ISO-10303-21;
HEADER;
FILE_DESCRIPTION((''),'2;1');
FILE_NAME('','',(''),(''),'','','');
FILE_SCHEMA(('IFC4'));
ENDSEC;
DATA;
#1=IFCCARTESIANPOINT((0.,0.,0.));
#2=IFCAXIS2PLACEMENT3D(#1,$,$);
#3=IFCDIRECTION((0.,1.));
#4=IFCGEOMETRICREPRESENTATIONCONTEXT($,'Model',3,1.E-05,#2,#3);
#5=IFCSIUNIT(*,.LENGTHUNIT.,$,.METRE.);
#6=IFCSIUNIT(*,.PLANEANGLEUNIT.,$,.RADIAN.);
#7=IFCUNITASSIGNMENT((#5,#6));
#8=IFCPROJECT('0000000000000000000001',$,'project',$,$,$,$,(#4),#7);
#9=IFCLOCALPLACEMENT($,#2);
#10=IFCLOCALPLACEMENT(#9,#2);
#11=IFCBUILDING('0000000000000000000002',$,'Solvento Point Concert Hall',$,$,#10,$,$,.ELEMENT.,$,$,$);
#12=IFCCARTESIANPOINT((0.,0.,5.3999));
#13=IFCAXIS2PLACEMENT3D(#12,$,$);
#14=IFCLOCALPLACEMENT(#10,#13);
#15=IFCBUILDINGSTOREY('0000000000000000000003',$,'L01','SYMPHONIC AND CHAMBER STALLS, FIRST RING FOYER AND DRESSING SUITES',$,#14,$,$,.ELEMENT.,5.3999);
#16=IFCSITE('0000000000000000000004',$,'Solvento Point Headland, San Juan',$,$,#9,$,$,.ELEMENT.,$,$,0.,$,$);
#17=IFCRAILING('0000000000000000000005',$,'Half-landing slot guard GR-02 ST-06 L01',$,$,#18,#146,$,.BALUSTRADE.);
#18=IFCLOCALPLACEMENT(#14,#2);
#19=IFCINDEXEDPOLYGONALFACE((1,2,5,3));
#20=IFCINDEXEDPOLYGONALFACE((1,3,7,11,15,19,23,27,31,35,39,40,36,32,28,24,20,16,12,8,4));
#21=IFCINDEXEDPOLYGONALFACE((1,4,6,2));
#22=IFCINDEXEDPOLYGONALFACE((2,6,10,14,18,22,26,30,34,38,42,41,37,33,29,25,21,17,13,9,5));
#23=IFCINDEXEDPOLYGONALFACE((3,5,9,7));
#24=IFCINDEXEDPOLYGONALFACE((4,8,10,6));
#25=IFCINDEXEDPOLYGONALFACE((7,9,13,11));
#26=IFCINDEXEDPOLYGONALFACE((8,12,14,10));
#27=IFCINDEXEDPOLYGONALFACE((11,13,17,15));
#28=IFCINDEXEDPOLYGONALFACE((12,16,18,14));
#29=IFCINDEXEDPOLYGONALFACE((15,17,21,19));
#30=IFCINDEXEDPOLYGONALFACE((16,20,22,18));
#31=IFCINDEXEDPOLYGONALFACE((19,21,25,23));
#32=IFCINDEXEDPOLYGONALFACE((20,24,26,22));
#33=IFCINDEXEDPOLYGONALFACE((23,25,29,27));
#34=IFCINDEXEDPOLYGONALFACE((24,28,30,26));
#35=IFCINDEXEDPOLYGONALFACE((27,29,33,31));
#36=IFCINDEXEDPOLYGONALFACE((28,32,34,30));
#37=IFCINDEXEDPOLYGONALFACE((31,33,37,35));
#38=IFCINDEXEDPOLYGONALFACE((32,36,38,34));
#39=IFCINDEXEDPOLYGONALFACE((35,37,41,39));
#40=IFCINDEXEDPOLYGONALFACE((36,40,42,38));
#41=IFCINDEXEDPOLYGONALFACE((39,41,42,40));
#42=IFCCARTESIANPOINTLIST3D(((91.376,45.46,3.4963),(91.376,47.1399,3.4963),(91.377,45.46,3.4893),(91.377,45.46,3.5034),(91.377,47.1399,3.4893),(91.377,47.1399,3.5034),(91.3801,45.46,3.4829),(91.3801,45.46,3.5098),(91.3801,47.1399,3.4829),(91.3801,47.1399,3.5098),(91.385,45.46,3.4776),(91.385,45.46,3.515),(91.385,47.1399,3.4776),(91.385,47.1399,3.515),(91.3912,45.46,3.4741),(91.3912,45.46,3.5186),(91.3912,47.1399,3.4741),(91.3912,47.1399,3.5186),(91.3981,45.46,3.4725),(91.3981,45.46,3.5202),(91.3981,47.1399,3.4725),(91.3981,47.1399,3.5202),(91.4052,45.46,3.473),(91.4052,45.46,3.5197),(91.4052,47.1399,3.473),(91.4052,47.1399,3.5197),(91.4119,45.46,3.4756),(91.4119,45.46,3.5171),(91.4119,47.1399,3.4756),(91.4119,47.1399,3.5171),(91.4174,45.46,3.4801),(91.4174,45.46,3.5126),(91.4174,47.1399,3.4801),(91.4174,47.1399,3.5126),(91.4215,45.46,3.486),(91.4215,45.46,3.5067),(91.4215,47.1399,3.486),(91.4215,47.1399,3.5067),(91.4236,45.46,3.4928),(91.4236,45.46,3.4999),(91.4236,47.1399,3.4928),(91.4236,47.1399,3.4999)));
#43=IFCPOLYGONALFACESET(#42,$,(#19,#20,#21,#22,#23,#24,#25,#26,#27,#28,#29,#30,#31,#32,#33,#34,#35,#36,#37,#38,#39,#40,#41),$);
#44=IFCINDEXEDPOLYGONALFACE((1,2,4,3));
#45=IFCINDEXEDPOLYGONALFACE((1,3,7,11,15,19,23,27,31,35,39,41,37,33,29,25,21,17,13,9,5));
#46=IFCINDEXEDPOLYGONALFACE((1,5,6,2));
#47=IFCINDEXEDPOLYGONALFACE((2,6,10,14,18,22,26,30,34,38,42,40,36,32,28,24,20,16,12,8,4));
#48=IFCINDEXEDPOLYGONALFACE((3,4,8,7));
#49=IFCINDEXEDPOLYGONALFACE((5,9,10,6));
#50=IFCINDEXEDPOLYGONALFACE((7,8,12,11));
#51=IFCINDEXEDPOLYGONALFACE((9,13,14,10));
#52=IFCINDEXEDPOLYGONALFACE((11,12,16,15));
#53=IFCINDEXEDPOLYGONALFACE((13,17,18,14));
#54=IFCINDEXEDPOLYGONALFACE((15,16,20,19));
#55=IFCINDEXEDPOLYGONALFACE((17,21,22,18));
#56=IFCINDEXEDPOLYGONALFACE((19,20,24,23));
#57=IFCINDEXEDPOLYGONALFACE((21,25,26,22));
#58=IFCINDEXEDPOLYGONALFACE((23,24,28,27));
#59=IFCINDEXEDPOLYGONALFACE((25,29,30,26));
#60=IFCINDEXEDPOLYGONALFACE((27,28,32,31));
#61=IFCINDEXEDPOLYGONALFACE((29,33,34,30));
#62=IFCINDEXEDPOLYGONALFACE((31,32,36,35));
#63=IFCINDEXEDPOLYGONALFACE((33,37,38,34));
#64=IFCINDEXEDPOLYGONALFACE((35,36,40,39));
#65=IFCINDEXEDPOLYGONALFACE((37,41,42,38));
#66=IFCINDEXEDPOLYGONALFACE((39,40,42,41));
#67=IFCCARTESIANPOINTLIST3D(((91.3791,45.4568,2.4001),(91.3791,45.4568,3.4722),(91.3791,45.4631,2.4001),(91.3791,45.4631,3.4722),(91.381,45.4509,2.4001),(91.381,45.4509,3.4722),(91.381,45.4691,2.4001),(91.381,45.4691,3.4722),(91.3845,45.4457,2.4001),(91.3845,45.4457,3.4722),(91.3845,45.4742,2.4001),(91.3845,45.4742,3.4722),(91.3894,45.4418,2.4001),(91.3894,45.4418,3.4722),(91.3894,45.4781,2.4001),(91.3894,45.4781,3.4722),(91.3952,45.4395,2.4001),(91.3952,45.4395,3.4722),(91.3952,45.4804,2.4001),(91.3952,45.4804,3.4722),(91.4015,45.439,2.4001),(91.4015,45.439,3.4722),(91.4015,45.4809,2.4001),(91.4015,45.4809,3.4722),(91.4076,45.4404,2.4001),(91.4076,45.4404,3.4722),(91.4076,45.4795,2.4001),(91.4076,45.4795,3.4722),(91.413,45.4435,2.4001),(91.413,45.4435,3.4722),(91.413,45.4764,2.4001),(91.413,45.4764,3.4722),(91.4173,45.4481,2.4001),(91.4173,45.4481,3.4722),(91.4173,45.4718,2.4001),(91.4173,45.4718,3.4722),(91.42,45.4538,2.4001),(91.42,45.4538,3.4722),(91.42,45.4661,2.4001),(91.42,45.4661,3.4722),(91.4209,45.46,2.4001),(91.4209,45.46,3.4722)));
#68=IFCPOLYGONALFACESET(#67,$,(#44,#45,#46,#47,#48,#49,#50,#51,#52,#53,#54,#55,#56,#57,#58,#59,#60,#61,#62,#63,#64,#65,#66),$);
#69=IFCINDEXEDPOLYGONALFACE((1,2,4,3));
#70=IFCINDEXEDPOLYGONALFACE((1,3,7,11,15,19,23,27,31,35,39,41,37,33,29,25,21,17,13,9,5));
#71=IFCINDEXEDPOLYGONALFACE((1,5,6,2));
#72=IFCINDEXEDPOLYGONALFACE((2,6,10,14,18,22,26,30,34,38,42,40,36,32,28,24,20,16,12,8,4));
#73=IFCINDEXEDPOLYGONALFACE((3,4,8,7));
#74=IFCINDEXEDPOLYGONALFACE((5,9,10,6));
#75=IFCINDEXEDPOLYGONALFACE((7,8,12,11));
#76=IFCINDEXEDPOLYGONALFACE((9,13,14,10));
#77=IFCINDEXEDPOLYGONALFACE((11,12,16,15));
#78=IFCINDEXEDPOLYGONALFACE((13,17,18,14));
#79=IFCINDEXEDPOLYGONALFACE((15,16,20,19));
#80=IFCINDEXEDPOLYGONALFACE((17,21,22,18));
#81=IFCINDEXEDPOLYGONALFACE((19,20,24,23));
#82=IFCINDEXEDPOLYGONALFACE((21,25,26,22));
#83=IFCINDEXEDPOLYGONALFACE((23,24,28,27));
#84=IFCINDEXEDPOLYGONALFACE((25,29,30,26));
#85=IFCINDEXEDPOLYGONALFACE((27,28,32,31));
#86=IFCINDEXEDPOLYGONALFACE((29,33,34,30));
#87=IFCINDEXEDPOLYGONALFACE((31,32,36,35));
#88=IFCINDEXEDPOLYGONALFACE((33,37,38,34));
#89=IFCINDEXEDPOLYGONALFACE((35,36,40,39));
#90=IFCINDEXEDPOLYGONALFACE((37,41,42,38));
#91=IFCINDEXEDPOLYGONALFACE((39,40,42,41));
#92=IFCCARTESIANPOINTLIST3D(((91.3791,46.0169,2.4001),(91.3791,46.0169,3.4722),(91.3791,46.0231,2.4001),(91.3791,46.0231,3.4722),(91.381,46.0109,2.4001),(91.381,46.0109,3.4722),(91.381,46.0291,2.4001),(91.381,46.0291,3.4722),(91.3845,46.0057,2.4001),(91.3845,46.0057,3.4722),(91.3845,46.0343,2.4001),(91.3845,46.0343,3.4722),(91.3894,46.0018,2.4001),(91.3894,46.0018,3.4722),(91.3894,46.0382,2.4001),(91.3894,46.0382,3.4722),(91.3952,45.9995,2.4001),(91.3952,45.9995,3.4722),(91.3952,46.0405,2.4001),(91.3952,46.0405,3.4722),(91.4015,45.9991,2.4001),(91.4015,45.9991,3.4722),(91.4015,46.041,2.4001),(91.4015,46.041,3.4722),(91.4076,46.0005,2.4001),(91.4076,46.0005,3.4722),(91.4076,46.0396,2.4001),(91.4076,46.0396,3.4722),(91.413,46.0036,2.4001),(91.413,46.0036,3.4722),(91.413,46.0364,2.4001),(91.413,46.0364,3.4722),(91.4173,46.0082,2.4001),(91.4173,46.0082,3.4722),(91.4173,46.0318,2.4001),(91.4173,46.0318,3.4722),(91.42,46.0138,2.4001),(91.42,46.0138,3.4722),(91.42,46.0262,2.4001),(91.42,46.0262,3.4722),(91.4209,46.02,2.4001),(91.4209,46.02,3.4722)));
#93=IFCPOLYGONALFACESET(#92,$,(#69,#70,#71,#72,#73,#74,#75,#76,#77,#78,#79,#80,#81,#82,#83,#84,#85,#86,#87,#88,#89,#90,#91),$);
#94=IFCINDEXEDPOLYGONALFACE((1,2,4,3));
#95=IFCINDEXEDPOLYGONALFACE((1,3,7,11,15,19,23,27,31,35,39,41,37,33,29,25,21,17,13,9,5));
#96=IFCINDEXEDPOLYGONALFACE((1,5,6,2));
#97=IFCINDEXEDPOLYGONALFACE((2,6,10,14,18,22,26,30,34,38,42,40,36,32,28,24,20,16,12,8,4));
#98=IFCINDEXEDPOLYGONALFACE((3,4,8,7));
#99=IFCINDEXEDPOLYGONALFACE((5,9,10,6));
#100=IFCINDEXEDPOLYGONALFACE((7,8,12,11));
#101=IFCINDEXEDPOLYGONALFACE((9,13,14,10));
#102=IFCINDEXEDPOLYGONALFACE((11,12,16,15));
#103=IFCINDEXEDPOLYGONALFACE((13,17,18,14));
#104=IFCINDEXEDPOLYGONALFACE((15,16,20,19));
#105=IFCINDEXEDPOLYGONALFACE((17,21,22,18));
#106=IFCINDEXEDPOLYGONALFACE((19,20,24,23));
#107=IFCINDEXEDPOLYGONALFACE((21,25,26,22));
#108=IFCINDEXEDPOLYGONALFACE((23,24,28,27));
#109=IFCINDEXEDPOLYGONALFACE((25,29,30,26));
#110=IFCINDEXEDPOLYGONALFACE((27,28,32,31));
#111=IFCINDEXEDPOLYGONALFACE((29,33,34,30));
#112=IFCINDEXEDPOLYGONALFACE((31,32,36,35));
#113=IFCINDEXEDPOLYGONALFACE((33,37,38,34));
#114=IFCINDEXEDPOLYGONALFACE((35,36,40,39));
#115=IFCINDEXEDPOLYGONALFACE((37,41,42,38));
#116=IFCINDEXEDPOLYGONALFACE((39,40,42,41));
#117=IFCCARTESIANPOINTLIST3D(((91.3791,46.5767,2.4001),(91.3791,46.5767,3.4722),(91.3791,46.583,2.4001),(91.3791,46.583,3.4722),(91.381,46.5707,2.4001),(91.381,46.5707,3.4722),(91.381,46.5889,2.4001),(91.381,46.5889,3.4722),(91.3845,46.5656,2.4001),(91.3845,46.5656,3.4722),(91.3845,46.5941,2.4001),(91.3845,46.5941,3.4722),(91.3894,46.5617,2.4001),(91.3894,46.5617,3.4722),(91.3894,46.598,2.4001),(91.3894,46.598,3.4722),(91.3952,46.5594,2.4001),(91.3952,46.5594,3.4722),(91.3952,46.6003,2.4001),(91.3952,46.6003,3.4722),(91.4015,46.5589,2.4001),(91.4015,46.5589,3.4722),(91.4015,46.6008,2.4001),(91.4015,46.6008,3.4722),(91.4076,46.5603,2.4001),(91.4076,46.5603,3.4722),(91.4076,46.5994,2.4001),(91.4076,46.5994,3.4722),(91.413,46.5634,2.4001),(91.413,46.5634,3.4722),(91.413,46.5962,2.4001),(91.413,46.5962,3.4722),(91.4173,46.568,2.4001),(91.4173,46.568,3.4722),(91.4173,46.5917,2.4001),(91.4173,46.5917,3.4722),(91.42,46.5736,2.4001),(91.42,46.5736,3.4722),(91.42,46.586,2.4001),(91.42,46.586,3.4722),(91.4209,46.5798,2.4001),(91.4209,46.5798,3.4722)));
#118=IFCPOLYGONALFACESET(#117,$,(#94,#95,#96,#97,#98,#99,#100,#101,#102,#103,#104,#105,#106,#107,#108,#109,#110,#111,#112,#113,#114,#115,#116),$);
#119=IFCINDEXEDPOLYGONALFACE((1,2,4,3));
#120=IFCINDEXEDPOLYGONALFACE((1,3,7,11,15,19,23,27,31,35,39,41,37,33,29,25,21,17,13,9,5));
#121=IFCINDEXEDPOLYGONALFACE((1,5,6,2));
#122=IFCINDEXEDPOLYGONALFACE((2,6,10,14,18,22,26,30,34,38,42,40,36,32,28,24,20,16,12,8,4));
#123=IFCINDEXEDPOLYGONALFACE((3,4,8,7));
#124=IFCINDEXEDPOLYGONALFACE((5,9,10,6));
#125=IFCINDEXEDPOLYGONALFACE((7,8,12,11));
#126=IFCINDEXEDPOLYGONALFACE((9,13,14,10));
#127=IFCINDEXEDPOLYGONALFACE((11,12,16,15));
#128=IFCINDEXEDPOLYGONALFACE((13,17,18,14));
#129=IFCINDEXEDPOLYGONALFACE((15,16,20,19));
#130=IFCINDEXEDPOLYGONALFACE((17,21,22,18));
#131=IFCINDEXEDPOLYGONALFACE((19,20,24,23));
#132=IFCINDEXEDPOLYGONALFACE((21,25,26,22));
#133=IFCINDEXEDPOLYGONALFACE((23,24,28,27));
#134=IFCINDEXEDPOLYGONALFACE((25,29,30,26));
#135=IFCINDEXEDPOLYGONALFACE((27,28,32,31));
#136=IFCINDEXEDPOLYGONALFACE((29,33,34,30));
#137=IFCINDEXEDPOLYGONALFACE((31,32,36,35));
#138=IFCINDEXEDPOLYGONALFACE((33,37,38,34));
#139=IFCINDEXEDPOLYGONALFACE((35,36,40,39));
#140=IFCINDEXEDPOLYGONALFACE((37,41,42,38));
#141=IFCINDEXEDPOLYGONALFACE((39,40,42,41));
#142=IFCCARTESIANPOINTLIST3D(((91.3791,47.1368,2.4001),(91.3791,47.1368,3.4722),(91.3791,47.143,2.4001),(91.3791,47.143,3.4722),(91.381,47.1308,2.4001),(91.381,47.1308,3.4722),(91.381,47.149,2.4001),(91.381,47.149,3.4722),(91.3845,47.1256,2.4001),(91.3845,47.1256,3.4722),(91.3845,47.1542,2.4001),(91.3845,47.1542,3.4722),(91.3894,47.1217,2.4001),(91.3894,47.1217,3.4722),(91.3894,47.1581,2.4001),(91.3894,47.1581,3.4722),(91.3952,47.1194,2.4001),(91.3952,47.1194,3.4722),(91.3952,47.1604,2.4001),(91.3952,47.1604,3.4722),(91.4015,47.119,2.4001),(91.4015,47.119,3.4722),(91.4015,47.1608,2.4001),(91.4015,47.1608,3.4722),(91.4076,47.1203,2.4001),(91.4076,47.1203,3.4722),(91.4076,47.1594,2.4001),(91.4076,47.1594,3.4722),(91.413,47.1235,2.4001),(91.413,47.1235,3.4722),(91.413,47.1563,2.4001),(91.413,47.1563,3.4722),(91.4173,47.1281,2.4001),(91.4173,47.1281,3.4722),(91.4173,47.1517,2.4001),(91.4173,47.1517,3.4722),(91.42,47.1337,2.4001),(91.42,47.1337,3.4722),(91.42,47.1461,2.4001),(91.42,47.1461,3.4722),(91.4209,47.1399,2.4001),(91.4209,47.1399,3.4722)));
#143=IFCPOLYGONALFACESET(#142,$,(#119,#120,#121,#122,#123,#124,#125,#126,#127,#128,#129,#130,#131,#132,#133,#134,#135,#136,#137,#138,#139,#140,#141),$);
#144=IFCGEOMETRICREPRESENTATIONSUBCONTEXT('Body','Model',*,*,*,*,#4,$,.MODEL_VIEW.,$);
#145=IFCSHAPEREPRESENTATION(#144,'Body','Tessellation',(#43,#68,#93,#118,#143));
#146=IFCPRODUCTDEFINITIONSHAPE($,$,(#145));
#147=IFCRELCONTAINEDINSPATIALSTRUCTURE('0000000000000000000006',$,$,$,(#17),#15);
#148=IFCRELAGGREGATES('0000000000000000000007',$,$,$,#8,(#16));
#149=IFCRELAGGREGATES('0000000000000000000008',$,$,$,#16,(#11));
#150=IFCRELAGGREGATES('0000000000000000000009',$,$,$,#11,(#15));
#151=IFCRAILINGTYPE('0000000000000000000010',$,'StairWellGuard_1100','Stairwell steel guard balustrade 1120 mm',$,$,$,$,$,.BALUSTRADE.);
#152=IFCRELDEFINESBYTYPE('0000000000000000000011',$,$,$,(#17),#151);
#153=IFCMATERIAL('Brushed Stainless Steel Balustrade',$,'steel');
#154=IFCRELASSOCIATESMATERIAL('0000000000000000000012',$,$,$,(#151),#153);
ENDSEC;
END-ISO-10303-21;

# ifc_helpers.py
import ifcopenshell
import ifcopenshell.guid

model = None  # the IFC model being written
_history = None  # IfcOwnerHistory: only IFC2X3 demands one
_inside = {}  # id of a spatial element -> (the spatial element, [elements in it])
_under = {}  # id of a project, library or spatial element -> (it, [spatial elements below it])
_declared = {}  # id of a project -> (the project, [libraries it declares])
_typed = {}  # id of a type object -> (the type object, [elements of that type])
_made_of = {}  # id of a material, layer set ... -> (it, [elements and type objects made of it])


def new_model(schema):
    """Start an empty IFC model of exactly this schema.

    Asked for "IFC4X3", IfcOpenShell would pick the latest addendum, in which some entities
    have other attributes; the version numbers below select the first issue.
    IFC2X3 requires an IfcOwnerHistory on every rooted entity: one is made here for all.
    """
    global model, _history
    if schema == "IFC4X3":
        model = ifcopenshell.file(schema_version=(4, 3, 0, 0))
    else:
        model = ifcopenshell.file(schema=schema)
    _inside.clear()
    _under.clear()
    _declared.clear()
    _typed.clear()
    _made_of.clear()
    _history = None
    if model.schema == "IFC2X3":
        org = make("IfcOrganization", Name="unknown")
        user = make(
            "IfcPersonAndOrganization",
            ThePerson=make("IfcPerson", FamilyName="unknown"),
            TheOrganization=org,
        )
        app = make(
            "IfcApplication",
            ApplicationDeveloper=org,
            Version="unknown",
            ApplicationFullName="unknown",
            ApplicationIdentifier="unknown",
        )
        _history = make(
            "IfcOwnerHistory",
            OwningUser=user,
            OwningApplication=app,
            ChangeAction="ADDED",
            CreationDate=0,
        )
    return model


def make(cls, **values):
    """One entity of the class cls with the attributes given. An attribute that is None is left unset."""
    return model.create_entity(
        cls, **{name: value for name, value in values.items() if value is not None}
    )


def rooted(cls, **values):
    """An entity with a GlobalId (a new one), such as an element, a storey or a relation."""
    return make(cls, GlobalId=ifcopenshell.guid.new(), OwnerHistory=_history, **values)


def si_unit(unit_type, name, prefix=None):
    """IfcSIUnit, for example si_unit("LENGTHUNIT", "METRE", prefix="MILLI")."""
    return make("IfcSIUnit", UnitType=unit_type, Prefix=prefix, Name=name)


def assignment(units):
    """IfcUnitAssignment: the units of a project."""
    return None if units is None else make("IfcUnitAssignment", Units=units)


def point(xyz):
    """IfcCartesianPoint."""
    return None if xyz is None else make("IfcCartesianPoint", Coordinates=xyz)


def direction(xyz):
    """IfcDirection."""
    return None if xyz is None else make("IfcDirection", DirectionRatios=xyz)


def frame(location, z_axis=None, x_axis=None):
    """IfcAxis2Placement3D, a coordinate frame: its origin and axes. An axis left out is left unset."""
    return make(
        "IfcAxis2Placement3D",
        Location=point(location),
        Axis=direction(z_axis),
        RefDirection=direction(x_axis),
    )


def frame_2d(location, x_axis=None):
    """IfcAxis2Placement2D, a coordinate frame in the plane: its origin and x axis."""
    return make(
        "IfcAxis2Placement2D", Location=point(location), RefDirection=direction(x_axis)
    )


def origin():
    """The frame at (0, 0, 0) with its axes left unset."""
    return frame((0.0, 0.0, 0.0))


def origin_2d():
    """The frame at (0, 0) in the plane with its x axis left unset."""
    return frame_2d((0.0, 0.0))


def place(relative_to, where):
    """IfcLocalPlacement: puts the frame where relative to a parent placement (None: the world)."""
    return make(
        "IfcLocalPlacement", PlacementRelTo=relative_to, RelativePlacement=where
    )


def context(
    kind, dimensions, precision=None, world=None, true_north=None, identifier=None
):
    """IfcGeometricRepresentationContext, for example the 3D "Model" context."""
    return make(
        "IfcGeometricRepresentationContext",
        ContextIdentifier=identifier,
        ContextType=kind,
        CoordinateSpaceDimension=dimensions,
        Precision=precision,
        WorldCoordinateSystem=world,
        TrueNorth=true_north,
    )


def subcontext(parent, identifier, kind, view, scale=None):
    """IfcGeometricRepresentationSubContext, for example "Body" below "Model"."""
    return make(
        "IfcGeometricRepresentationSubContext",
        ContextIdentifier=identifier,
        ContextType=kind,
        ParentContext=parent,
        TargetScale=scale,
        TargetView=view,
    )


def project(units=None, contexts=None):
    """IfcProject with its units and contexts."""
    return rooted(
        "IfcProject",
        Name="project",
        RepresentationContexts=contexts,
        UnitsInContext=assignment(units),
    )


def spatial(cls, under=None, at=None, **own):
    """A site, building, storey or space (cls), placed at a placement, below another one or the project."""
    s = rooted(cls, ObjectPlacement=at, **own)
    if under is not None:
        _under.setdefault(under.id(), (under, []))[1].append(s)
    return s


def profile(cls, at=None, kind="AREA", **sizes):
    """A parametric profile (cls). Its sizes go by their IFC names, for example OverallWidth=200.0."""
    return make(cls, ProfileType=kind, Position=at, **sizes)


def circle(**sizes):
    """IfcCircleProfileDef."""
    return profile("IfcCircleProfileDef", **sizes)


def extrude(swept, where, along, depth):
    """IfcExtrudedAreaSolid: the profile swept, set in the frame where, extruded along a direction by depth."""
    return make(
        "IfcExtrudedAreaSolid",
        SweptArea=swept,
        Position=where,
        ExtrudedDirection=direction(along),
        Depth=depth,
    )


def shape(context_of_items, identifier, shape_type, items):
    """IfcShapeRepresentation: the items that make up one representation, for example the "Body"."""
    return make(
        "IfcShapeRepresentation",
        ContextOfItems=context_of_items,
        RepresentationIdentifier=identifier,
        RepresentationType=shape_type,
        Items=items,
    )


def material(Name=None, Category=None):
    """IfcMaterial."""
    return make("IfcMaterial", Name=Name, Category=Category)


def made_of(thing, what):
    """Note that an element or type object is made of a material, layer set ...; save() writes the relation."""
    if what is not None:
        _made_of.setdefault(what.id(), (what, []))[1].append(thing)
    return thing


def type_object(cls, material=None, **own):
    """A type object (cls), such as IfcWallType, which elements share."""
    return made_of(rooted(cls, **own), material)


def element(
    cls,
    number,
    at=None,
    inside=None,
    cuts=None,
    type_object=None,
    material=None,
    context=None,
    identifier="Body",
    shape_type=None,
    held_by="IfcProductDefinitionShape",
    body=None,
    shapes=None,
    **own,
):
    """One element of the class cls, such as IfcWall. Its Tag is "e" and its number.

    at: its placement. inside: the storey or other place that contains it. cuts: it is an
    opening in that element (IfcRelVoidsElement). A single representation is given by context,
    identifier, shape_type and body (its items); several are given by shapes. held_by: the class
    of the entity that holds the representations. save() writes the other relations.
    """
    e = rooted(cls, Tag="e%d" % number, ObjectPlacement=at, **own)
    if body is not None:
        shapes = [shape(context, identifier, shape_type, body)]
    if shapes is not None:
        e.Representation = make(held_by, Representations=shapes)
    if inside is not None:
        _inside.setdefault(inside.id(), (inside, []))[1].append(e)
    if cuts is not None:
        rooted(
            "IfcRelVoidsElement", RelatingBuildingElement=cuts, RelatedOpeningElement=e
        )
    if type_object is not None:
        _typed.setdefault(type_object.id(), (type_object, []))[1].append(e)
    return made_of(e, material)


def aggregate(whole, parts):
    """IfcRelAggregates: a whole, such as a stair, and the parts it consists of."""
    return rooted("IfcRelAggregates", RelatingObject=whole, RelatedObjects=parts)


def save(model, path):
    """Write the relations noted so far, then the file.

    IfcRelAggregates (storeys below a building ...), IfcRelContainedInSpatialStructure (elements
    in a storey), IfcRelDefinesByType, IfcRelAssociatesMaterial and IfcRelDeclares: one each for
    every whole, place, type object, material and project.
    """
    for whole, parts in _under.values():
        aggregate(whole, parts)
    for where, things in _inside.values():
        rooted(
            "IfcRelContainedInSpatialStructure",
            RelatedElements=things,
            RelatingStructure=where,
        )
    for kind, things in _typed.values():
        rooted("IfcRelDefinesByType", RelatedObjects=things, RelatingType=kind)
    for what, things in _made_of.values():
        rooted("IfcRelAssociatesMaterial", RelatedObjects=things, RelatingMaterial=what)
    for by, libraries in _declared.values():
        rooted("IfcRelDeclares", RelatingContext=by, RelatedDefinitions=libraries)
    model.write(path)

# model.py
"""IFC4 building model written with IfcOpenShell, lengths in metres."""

from ifc_helpers import new_model, si_unit, direction, frame, origin, origin_2d, place, context, subcontext, project, spatial, circle, extrude, material, type_object, element, save


model = new_model("IFC4")

# Units and contexts
model_context = context("Model", 3, precision=1e-05, world=origin(), true_north=direction((0.0, 1.0)))
body_context = subcontext(model_context, "Body", "Model", "MODEL_VIEW")
ifc_project = project(units=[si_unit("LENGTHUNIT", "METRE"), si_unit("PLANEANGLEUNIT", "RADIAN")], contexts=[model_context])

# Site, building, storey
site_placement = place(None, origin())
site = spatial("IfcSite", under=ifc_project, at=site_placement, Name="Solvento Point Headland, San Juan", CompositionType="ELEMENT", RefElevation=0.0)
building_placement = place(site_placement, origin())
building = spatial("IfcBuilding", under=site, at=building_placement, Name="Solvento Point Concert Hall", CompositionType="ELEMENT")
storey_placement = place(building_placement, frame((0.0, 0.0, 5.3999)))
storey = spatial("IfcBuildingStorey", under=building, at=storey_placement, Name="L01", Description="SYMPHONIC AND CHAMBER STALLS, FIRST RING FOYER AND DRESSING SUITES", CompositionType="ELEMENT", Elevation=5.3999)

# Railing
ifc_material_1 = material(Name="Brushed Stainless Steel Balustrade", Category="steel")
railing_type_1 = type_object("IfcRailingType", Name="StairWellGuard_1100", Description="Stairwell steel guard balustrade 1120 mm", PredefinedType="BALUSTRADE", material=ifc_material_1)
railing_1_placement = place(storey_placement, frame((91.3999, 45.46, 2.4001)))
element("IfcRailing", 1, at=railing_1_placement, inside=storey, type_object=railing_type_1, Name="Half-landing slot guard GR-02 ST-06 L01", PredefinedType="BALUSTRADE", context=body_context, shape_type="SweptSolid", body=[
    extrude(circle(Radius=0.0239, at=origin_2d()), frame((0.0, 0.0, 1.0962), z_axis=(0.0, 1.0, 0.0), x_axis=(-1.0, 0.0, 0.0)), (0.0, 0.0, 1.0), 1.6799),
    extrude(circle(Radius=0.021, at=origin_2d()), origin(), (0.0, 0.0, 1.0), 1.072),
    extrude(circle(Radius=0.021, at=origin_2d()), frame((0.0, 0.5601, 0.0)), (0.0, 0.0, 1.0), 1.072),
    extrude(circle(Radius=0.021, at=origin_2d()), frame((0.0, 1.1199, 0.0)), (0.0, 0.0, 1.0), 1.072),
    extrude(circle(Radius=0.021, at=origin_2d()), frame((0.0, 1.6799, 0.0)), (0.0, 0.0, 1.0), 1.072),
])

save(model, "model.ifc")
